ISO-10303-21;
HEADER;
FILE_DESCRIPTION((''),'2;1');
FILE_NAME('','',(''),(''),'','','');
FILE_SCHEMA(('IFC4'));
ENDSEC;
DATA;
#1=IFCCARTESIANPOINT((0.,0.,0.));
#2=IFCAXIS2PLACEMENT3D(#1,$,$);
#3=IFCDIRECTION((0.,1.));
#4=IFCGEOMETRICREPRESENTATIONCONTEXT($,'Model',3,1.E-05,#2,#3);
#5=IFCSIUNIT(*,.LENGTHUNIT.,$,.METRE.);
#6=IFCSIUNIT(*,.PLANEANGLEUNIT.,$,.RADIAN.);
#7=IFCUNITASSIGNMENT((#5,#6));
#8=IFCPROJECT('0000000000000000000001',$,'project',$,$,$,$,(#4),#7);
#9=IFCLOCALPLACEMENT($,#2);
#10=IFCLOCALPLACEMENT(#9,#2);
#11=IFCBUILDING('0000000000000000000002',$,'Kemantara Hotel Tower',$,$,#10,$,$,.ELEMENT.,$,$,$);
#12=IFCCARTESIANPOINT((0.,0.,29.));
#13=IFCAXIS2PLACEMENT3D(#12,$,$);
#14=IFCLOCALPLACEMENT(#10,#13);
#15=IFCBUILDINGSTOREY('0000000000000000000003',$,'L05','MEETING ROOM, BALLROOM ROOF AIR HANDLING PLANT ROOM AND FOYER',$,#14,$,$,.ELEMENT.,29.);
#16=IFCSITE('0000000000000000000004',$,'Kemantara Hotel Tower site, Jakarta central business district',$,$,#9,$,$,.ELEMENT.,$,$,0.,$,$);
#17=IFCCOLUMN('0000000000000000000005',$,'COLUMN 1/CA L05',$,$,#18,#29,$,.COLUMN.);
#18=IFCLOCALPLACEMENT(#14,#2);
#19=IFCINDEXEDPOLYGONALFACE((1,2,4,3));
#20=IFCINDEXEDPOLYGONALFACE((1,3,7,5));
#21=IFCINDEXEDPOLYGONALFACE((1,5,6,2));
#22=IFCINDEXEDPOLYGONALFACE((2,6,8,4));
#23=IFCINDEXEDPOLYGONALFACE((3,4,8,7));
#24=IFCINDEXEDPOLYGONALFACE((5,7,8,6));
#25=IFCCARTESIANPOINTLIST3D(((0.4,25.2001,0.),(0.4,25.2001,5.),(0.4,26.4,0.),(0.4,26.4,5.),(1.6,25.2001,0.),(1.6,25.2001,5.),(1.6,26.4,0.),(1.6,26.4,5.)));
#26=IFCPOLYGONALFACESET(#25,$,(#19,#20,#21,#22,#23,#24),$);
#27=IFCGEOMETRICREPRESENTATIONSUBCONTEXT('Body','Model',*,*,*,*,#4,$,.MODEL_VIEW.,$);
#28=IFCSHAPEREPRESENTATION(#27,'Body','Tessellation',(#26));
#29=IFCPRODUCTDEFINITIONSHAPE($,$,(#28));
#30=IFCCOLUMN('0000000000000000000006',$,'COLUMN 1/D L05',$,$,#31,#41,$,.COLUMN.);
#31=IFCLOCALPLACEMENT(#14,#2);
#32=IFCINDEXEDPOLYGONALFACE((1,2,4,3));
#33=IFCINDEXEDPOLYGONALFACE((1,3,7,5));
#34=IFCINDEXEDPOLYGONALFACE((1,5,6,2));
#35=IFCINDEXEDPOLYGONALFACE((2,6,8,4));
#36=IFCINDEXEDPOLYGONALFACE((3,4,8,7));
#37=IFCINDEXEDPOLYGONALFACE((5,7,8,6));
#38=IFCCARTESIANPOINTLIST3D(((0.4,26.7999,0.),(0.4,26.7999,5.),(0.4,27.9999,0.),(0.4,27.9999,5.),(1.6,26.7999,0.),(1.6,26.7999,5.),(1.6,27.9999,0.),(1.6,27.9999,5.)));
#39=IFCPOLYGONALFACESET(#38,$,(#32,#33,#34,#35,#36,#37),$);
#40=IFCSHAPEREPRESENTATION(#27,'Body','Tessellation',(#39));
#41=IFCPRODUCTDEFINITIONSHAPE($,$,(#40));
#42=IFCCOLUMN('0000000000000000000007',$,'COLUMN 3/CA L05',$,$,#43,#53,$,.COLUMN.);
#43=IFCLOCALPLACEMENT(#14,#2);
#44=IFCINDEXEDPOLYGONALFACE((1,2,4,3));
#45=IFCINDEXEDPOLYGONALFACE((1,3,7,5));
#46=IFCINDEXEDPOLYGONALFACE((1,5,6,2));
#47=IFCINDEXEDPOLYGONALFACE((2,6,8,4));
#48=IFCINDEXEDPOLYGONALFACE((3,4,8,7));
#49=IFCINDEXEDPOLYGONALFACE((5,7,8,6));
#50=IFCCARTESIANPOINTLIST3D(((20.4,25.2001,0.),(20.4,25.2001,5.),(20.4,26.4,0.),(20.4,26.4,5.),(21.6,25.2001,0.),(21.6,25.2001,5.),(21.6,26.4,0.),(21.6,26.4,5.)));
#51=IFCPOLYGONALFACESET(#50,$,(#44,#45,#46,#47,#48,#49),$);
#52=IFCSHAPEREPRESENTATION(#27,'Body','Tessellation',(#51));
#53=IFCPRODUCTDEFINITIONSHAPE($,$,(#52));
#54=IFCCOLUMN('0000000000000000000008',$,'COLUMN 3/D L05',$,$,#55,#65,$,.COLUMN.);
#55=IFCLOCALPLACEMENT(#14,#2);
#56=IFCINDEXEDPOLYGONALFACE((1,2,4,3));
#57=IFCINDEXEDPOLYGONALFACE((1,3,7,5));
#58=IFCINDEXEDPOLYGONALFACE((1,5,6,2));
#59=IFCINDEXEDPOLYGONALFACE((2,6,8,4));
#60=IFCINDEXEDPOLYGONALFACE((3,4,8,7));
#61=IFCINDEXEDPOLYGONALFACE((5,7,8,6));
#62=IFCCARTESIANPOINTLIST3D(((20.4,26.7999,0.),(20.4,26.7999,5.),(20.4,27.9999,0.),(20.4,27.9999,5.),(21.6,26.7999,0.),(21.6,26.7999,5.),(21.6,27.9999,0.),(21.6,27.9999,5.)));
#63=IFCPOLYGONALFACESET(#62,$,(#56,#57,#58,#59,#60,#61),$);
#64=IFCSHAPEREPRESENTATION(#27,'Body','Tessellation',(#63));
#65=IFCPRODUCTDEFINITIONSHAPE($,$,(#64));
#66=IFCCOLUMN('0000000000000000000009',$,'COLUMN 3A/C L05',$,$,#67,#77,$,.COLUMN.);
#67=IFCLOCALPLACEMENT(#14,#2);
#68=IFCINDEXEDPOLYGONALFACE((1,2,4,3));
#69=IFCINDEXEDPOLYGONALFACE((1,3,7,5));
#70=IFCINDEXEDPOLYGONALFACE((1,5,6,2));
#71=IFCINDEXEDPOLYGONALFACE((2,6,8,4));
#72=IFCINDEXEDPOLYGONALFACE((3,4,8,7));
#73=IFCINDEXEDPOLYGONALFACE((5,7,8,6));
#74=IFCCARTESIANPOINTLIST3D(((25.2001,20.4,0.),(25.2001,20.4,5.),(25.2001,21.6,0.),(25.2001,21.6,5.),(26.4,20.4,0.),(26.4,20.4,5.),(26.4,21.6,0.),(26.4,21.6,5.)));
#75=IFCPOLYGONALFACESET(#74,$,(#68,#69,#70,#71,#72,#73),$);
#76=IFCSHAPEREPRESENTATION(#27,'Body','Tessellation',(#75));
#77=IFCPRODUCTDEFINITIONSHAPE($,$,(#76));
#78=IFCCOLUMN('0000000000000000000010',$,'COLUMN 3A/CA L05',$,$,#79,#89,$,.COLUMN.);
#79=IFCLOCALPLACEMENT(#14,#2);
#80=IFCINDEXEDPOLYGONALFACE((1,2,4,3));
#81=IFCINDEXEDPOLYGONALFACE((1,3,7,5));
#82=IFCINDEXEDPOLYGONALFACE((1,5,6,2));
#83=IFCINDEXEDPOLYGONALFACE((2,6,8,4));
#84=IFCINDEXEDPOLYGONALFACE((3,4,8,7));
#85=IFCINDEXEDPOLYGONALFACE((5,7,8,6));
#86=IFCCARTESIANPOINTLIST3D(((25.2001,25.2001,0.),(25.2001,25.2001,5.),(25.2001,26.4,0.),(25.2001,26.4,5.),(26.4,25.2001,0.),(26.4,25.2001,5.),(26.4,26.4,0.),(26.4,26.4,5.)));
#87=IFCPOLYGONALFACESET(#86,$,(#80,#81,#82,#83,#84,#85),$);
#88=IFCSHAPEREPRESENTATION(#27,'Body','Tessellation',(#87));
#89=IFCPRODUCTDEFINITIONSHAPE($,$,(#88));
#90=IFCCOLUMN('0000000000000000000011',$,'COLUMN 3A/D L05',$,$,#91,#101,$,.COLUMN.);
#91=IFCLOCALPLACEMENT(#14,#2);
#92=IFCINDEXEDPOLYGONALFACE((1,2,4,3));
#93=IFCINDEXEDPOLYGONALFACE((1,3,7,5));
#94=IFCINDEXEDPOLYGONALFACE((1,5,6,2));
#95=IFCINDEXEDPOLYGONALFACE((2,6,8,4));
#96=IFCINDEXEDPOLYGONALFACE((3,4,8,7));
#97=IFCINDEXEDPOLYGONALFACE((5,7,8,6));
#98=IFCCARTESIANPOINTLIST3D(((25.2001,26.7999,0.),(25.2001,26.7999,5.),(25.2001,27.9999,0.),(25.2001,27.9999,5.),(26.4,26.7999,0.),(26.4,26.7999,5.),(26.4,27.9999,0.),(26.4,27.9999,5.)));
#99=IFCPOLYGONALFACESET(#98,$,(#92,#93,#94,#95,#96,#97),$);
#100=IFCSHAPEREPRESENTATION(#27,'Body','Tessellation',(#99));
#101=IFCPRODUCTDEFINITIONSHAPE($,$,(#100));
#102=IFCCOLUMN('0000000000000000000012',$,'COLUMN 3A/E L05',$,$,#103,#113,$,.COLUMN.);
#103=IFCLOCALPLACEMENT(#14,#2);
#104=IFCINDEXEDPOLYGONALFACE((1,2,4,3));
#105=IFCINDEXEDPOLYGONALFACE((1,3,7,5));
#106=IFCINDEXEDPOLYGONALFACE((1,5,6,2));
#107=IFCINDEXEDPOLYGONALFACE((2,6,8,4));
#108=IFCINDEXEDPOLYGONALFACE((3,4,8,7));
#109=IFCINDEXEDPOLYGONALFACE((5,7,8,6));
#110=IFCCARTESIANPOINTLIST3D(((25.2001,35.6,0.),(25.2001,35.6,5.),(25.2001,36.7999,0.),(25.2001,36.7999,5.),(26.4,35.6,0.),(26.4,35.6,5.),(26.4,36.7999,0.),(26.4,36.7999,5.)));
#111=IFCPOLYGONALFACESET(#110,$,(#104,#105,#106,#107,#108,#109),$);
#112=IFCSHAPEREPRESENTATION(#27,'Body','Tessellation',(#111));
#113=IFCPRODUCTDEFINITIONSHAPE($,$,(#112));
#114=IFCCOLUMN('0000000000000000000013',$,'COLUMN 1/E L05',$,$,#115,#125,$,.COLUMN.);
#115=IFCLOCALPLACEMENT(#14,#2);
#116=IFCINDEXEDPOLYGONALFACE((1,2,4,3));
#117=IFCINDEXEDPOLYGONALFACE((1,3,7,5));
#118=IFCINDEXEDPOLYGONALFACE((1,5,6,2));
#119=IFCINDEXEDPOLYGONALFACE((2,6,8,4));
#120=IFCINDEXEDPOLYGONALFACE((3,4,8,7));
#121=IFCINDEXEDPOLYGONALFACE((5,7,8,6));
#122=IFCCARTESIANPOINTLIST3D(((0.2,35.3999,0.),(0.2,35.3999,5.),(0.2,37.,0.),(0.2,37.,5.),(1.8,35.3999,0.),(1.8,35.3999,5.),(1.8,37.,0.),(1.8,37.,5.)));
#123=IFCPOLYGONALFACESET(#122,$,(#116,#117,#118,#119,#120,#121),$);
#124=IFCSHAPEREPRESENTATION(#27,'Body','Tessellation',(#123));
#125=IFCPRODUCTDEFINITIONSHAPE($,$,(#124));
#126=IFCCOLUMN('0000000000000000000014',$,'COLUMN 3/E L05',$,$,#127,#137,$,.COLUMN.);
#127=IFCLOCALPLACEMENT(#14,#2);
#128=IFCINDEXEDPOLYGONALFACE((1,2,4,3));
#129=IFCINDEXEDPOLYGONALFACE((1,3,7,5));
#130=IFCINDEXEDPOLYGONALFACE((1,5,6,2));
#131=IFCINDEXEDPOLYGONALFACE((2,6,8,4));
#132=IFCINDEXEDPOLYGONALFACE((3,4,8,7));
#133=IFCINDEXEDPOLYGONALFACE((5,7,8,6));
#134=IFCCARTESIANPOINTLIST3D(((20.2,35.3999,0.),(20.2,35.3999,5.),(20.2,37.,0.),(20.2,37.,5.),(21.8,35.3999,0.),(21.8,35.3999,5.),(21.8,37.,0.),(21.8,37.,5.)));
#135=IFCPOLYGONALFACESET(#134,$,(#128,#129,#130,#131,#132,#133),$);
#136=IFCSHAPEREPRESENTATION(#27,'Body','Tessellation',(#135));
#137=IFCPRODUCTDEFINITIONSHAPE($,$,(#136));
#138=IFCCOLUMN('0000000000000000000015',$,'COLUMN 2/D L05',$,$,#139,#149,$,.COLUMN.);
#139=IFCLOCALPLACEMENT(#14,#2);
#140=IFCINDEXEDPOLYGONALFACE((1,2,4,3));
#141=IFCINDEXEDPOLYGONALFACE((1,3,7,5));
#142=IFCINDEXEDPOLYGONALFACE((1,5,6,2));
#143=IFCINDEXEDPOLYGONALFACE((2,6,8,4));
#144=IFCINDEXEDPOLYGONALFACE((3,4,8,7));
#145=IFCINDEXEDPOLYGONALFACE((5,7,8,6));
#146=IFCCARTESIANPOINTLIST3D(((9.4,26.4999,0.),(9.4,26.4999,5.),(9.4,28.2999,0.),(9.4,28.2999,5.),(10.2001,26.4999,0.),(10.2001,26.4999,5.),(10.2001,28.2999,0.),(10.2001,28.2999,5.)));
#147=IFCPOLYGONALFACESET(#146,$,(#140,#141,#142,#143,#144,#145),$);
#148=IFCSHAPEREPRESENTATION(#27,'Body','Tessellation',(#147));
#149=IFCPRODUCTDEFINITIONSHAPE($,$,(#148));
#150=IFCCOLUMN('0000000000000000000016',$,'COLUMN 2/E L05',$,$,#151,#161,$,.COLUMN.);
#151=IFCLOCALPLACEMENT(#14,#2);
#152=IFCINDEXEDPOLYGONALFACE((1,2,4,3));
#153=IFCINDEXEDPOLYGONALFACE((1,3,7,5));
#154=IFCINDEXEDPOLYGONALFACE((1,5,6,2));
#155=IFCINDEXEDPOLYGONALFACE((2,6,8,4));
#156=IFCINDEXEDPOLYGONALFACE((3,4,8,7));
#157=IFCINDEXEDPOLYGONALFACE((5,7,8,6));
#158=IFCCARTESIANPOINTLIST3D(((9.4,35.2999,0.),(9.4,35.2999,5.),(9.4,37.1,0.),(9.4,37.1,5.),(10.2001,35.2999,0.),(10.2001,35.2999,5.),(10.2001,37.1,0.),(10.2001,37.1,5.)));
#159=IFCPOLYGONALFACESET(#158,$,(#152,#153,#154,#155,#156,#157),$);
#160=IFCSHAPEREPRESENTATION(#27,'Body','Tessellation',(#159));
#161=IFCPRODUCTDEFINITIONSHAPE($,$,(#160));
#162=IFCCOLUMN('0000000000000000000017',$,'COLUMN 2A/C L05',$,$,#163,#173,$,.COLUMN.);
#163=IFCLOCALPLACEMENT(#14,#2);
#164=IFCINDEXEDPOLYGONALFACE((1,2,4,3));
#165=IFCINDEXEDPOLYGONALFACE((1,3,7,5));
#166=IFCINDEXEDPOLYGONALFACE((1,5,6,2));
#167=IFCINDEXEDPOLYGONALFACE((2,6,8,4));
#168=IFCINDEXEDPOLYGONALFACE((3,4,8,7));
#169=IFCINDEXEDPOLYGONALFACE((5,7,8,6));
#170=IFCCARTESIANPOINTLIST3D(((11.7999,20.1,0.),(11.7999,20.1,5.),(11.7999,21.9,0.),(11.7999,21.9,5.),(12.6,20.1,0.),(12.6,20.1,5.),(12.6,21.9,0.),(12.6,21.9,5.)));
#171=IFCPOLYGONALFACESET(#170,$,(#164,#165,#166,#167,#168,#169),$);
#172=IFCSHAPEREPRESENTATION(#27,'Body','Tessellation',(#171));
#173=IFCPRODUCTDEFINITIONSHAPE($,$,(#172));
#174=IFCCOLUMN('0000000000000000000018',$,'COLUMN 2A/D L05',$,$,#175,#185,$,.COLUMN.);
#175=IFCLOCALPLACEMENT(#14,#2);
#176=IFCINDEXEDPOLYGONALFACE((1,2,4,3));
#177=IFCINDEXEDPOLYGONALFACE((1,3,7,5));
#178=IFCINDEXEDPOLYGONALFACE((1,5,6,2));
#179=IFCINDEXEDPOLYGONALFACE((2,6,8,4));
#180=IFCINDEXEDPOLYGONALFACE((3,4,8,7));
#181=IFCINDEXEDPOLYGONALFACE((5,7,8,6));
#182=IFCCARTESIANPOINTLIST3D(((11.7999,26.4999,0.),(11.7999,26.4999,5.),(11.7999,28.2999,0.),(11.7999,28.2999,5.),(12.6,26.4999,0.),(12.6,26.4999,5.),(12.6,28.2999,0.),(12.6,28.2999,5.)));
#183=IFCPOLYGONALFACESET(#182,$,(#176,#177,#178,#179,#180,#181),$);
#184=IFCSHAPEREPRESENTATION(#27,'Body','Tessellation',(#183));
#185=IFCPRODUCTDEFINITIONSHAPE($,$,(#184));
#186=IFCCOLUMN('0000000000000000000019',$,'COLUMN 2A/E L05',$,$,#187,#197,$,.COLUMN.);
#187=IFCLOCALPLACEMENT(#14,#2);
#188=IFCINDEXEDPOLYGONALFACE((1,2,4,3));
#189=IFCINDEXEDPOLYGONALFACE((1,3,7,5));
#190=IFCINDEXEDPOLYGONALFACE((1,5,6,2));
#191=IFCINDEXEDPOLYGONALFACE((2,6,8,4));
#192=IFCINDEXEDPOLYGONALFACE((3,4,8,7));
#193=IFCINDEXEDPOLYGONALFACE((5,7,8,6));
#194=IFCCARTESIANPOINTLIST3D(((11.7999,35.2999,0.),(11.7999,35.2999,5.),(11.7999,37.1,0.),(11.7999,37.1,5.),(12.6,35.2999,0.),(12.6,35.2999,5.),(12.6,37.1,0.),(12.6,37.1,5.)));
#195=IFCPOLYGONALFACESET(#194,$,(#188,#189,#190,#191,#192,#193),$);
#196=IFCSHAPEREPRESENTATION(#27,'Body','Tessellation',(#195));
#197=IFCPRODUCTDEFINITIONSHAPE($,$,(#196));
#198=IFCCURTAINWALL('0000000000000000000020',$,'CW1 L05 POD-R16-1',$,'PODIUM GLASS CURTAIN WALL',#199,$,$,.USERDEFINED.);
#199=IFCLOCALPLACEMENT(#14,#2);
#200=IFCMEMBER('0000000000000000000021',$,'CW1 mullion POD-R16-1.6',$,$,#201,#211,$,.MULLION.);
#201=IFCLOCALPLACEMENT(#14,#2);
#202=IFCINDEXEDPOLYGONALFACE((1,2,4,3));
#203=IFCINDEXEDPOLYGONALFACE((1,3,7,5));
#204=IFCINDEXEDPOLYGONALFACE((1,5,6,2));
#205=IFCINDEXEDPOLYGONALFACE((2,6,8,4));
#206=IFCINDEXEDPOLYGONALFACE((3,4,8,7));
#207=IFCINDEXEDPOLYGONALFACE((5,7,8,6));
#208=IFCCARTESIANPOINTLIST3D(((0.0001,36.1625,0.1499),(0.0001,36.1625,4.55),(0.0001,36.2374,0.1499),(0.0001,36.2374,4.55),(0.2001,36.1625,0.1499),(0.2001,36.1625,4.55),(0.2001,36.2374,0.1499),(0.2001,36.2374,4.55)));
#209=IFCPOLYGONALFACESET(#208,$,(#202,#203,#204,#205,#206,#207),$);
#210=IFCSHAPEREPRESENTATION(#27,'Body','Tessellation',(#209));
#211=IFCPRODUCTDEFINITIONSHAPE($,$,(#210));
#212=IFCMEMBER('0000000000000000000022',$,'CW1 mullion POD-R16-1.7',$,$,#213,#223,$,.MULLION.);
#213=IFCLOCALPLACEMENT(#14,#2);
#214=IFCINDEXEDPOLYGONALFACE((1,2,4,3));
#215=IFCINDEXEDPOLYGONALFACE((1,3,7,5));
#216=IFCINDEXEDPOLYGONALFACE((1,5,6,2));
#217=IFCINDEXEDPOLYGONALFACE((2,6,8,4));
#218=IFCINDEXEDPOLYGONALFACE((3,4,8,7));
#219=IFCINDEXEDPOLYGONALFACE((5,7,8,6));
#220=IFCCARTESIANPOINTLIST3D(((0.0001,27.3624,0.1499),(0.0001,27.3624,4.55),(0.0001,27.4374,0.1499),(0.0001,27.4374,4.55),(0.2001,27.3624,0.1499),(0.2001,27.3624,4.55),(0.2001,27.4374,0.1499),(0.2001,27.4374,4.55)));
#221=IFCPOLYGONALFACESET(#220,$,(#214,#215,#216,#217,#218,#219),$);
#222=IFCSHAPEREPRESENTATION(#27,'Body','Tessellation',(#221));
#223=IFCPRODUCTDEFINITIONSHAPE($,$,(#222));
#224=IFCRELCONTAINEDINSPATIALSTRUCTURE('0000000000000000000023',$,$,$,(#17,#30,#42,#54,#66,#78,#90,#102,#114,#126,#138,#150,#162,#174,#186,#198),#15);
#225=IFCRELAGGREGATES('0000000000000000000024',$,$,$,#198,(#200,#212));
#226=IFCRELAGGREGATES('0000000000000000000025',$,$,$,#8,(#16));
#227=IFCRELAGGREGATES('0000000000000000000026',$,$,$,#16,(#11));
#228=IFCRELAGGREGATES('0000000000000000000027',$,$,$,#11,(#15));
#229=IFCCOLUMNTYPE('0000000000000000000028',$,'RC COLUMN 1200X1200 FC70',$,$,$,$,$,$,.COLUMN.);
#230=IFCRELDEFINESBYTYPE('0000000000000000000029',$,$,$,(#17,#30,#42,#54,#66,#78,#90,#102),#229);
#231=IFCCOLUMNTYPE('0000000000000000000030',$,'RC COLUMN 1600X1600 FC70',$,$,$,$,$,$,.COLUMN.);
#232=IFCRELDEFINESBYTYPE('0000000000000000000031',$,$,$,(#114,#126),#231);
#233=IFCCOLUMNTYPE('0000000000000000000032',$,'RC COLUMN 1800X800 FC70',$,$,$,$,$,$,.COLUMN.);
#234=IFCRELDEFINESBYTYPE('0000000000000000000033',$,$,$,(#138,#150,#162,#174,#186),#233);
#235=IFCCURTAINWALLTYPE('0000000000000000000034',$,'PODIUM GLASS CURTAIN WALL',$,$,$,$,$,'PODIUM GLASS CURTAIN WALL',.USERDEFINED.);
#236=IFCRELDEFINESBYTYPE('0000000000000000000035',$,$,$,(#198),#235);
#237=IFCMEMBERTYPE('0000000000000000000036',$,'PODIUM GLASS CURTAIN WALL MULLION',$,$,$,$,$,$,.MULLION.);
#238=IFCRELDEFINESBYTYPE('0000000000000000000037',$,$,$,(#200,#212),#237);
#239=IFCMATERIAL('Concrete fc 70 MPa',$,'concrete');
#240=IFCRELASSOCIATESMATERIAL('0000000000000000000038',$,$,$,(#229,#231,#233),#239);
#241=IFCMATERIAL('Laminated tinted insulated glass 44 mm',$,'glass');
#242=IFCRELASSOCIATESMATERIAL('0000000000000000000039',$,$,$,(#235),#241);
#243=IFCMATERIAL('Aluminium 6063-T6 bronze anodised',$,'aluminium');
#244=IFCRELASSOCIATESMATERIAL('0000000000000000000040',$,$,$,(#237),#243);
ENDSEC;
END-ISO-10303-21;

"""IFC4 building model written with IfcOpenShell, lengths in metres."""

from ifc_helpers import new_model, si_unit, direction, frame, origin, origin_2d, place, context, subcontext, project, spatial, rectangle, extrude, source, transform, mapped, material, material_profile, profile_set, type_object, element, aggregate, save


model = new_model("IFC4")

# Units and contexts
model_context = context("Model", 3, precision=1e-05, world=origin(), true_north=direction((0.0, 1.0)))
body_context = subcontext(model_context, "Body", "Model", "MODEL_VIEW")
ifc_project = project(units=[si_unit("LENGTHUNIT", "METRE"), si_unit("PLANEANGLEUNIT", "RADIAN")], contexts=[model_context])

# Site, building, storey
site_placement = place(None, origin())
site = spatial("IfcSite", under=ifc_project, at=site_placement, Name="Kemantara Hotel Tower site, Jakarta central business district", CompositionType="ELEMENT", RefElevation=0.0)
building_placement = place(site_placement, origin())
building = spatial("IfcBuilding", under=site, at=building_placement, Name="Kemantara Hotel Tower", CompositionType="ELEMENT")
storey_placement = place(building_placement, frame((0.0, 0.0, 29.0)))
storey = spatial("IfcBuildingStorey", under=building, at=storey_placement, Name="L05", Description="MEETING ROOM, BALLROOM ROOF AIR HANDLING PLANT ROOM AND FOYER", CompositionType="ELEMENT", Elevation=29.0)

# Columns
ifc_material_1 = material(Name="Concrete fc 70 MPa", Category="concrete")
ifc_material_profile_1 = material_profile(ifc_material_1, rectangle(XDim=1.2, YDim=1.2, at=origin_2d()), Name="RC 1200X1200")
ifc_profile_set_1 = profile_set([ifc_material_profile_1], Name="Concrete fc 70 MPa")
column_type_1 = type_object("IfcColumnType", Name="RC COLUMN 1200X1200 FC70", PredefinedType="COLUMN", material=ifc_profile_set_1)
for number, where, z_axis, x_axis, name in (
    (1, (1.0, 25.8, 0.0), (0.0, 0.0, 1.0), (1.0, 0.0, 0.0), "COLUMN 1/CA L05"),
    (2, (1.0, 27.3999, 0.0), (0.0, 0.0, 1.0), (1.0, 0.0, 0.0), "COLUMN 1/D L05"),
    (3, (21.0, 25.8, 0.0), (0.0, 0.0, 1.0), (1.0, 0.0, 0.0), "COLUMN 3/CA L05"),
    (4, (21.0, 27.3999, 0.0), (0.0, 0.0, 1.0), (1.0, 0.0, 0.0), "COLUMN 3/D L05"),
    (5, (25.8, 21.0, 0.0), (0.0, 0.0, 1.0), (1.0, 0.0, 0.0), "COLUMN 3A/C L05"),
    (6, (25.8, 25.8, 0.0), (0.0, 0.0, 1.0), (1.0, 0.0, 0.0), "COLUMN 3A/CA L05"),
    (7, (25.8, 27.3999, 0.0), (0.0, 0.0, 1.0), (1.0, 0.0, 0.0), "COLUMN 3A/D L05"),
    (8, (25.8, 36.2, 0.0), (0.0, 0.0, 1.0), (1.0, 0.0, 0.0), "COLUMN 3A/E L05"),
):
    element("IfcColumn", number, at=place(storey_placement, frame(where, z_axis=z_axis, x_axis=x_axis)), inside=storey, type_object=column_type_1, Name=name, PredefinedType="COLUMN", context=body_context, shape_type="SweptSolid", body=[
        extrude(rectangle(XDim=1.2, YDim=1.2, at=origin_2d()), origin(), (0.0, 0.0, 1.0), 5.0),
    ])
ifc_material_profile_2 = material_profile(ifc_material_1, rectangle(XDim=1.6001, YDim=1.6001, at=origin_2d()), Name="RC 1600X1600")
ifc_profile_set_2 = profile_set([ifc_material_profile_2], Name="Concrete fc 70 MPa")
column_type_2 = type_object("IfcColumnType", Name="RC COLUMN 1600X1600 FC70", PredefinedType="COLUMN", material=ifc_profile_set_2)
for number, where, z_axis, x_axis, name in (
    (9, (1.0, 36.2, 0.0), (0.0, 0.0, 1.0), (1.0, 0.0, 0.0), "COLUMN 1/E L05"),
    (10, (21.0, 36.2, 0.0), (0.0, 0.0, 1.0), (1.0, 0.0, 0.0), "COLUMN 3/E L05"),
):
    element("IfcColumn", number, at=place(storey_placement, frame(where, z_axis=z_axis, x_axis=x_axis)), inside=storey, type_object=column_type_2, Name=name, PredefinedType="COLUMN", context=body_context, shape_type="SweptSolid", body=[
        extrude(rectangle(XDim=1.6001, YDim=1.6001, at=origin_2d()), origin(), (0.0, 0.0, 1.0), 5.0),
    ])
ifc_material_profile_3 = material_profile(ifc_material_1, rectangle(XDim=1.8, YDim=0.8, at=origin_2d()), Name="RC 1800X800")
ifc_profile_set_3 = profile_set([ifc_material_profile_3], Name="Concrete fc 70 MPa")
column_type_3 = type_object("IfcColumnType", Name="RC COLUMN 1800X800 FC70", PredefinedType="COLUMN", material=ifc_profile_set_3)
for number, where, z_axis, x_axis, name in (
    (11, (9.8, 27.3999, 0.0), (0.0, 0.0, 1.0), (0.0, 1.0, 0.0), "COLUMN 2/D L05"),
    (12, (9.8, 36.2, 0.0), (0.0, 0.0, 1.0), (0.0, 1.0, 0.0), "COLUMN 2/E L05"),
    (13, (12.2, 21.0, 0.0), (0.0, 0.0, 1.0), (0.0, 1.0, 0.0), "COLUMN 2A/C L05"),
    (14, (12.2, 27.3999, 0.0), (0.0, 0.0, 1.0), (0.0, 1.0, 0.0), "COLUMN 2A/D L05"),
    (15, (12.2, 36.2, 0.0), (0.0, 0.0, 1.0), (0.0, 1.0, 0.0), "COLUMN 2A/E L05"),
):
    element("IfcColumn", number, at=place(storey_placement, frame(where, z_axis=z_axis, x_axis=x_axis)), inside=storey, type_object=column_type_3, Name=name, PredefinedType="COLUMN", context=body_context, shape_type="SweptSolid", body=[
        extrude(rectangle(XDim=1.8, YDim=0.8, at=origin_2d()), origin(), (0.0, 0.0, 1.0), 5.0),
    ])

# Curtain wall, members
ifc_material_2 = material(Name="Laminated tinted insulated glass 44 mm", Category="glass")
curtain_wall_type = type_object("IfcCurtainWallType", Name="PODIUM GLASS CURTAIN WALL", ElementType="PODIUM GLASS CURTAIN WALL", PredefinedType="USERDEFINED", material=ifc_material_2)
curtain_wall_placement = place(storey_placement, origin())
curtain_wall = element("IfcCurtainWall", 16, at=curtain_wall_placement, inside=storey, type_object=curtain_wall_type, Name="CW1 L05 POD-R16-1", ObjectType="PODIUM GLASS CURTAIN WALL", PredefinedType="USERDEFINED")
ifc_material_3 = material(Name="Aluminium 6063-T6 bronze anodised", Category="aluminium")
ifc_material_profile_4 = material_profile(ifc_material_3, rectangle(XDim=0.2, YDim=0.075, at=origin_2d()), Name="PODIUM GLASS CURTAIN WALL MULLION")
ifc_profile_set_4 = profile_set([ifc_material_profile_4], Name="Aluminium 6063-T6 bronze anodised")
member_type = type_object("IfcMemberType", Name="PODIUM GLASS CURTAIN WALL MULLION", PredefinedType="MULLION", material=ifc_profile_set_4)
shared_shape_1 = source(origin(), body_context, "Body", "SweptSolid", [
    extrude(rectangle(XDim=0.2, YDim=0.075, at=origin_2d()), origin(), (0.0, 0.0, 1.0), 4.4001),
])
member_1_placement = place(storey_placement, frame((0.1001, 36.2, 0.1499), z_axis=(0.0, 0.0, 1.0), x_axis=(1.0, 0.0, 0.0)))
member_1 = element("IfcMember", 17, at=member_1_placement, type_object=member_type, Name="CW1 mullion POD-R16-1.6", PredefinedType="MULLION", context=body_context, shape_type="MappedRepresentation", body=[
    mapped(shared_shape_1, transform((0.0, 0.0, 0.0))),
])
member_2_placement = place(storey_placement, frame((0.1001, 27.3999, 0.1499), z_axis=(0.0, 0.0, 1.0), x_axis=(1.0, 0.0, 0.0)))
member_2 = element("IfcMember", 18, at=member_2_placement, type_object=member_type, Name="CW1 mullion POD-R16-1.7", PredefinedType="MULLION", context=body_context, shape_type="MappedRepresentation", body=[
    mapped(shared_shape_1, transform((0.0, 0.0, 0.0))),
])
aggregate(curtain_wall, [member_1, member_2])

save(model, "model.ifc")
